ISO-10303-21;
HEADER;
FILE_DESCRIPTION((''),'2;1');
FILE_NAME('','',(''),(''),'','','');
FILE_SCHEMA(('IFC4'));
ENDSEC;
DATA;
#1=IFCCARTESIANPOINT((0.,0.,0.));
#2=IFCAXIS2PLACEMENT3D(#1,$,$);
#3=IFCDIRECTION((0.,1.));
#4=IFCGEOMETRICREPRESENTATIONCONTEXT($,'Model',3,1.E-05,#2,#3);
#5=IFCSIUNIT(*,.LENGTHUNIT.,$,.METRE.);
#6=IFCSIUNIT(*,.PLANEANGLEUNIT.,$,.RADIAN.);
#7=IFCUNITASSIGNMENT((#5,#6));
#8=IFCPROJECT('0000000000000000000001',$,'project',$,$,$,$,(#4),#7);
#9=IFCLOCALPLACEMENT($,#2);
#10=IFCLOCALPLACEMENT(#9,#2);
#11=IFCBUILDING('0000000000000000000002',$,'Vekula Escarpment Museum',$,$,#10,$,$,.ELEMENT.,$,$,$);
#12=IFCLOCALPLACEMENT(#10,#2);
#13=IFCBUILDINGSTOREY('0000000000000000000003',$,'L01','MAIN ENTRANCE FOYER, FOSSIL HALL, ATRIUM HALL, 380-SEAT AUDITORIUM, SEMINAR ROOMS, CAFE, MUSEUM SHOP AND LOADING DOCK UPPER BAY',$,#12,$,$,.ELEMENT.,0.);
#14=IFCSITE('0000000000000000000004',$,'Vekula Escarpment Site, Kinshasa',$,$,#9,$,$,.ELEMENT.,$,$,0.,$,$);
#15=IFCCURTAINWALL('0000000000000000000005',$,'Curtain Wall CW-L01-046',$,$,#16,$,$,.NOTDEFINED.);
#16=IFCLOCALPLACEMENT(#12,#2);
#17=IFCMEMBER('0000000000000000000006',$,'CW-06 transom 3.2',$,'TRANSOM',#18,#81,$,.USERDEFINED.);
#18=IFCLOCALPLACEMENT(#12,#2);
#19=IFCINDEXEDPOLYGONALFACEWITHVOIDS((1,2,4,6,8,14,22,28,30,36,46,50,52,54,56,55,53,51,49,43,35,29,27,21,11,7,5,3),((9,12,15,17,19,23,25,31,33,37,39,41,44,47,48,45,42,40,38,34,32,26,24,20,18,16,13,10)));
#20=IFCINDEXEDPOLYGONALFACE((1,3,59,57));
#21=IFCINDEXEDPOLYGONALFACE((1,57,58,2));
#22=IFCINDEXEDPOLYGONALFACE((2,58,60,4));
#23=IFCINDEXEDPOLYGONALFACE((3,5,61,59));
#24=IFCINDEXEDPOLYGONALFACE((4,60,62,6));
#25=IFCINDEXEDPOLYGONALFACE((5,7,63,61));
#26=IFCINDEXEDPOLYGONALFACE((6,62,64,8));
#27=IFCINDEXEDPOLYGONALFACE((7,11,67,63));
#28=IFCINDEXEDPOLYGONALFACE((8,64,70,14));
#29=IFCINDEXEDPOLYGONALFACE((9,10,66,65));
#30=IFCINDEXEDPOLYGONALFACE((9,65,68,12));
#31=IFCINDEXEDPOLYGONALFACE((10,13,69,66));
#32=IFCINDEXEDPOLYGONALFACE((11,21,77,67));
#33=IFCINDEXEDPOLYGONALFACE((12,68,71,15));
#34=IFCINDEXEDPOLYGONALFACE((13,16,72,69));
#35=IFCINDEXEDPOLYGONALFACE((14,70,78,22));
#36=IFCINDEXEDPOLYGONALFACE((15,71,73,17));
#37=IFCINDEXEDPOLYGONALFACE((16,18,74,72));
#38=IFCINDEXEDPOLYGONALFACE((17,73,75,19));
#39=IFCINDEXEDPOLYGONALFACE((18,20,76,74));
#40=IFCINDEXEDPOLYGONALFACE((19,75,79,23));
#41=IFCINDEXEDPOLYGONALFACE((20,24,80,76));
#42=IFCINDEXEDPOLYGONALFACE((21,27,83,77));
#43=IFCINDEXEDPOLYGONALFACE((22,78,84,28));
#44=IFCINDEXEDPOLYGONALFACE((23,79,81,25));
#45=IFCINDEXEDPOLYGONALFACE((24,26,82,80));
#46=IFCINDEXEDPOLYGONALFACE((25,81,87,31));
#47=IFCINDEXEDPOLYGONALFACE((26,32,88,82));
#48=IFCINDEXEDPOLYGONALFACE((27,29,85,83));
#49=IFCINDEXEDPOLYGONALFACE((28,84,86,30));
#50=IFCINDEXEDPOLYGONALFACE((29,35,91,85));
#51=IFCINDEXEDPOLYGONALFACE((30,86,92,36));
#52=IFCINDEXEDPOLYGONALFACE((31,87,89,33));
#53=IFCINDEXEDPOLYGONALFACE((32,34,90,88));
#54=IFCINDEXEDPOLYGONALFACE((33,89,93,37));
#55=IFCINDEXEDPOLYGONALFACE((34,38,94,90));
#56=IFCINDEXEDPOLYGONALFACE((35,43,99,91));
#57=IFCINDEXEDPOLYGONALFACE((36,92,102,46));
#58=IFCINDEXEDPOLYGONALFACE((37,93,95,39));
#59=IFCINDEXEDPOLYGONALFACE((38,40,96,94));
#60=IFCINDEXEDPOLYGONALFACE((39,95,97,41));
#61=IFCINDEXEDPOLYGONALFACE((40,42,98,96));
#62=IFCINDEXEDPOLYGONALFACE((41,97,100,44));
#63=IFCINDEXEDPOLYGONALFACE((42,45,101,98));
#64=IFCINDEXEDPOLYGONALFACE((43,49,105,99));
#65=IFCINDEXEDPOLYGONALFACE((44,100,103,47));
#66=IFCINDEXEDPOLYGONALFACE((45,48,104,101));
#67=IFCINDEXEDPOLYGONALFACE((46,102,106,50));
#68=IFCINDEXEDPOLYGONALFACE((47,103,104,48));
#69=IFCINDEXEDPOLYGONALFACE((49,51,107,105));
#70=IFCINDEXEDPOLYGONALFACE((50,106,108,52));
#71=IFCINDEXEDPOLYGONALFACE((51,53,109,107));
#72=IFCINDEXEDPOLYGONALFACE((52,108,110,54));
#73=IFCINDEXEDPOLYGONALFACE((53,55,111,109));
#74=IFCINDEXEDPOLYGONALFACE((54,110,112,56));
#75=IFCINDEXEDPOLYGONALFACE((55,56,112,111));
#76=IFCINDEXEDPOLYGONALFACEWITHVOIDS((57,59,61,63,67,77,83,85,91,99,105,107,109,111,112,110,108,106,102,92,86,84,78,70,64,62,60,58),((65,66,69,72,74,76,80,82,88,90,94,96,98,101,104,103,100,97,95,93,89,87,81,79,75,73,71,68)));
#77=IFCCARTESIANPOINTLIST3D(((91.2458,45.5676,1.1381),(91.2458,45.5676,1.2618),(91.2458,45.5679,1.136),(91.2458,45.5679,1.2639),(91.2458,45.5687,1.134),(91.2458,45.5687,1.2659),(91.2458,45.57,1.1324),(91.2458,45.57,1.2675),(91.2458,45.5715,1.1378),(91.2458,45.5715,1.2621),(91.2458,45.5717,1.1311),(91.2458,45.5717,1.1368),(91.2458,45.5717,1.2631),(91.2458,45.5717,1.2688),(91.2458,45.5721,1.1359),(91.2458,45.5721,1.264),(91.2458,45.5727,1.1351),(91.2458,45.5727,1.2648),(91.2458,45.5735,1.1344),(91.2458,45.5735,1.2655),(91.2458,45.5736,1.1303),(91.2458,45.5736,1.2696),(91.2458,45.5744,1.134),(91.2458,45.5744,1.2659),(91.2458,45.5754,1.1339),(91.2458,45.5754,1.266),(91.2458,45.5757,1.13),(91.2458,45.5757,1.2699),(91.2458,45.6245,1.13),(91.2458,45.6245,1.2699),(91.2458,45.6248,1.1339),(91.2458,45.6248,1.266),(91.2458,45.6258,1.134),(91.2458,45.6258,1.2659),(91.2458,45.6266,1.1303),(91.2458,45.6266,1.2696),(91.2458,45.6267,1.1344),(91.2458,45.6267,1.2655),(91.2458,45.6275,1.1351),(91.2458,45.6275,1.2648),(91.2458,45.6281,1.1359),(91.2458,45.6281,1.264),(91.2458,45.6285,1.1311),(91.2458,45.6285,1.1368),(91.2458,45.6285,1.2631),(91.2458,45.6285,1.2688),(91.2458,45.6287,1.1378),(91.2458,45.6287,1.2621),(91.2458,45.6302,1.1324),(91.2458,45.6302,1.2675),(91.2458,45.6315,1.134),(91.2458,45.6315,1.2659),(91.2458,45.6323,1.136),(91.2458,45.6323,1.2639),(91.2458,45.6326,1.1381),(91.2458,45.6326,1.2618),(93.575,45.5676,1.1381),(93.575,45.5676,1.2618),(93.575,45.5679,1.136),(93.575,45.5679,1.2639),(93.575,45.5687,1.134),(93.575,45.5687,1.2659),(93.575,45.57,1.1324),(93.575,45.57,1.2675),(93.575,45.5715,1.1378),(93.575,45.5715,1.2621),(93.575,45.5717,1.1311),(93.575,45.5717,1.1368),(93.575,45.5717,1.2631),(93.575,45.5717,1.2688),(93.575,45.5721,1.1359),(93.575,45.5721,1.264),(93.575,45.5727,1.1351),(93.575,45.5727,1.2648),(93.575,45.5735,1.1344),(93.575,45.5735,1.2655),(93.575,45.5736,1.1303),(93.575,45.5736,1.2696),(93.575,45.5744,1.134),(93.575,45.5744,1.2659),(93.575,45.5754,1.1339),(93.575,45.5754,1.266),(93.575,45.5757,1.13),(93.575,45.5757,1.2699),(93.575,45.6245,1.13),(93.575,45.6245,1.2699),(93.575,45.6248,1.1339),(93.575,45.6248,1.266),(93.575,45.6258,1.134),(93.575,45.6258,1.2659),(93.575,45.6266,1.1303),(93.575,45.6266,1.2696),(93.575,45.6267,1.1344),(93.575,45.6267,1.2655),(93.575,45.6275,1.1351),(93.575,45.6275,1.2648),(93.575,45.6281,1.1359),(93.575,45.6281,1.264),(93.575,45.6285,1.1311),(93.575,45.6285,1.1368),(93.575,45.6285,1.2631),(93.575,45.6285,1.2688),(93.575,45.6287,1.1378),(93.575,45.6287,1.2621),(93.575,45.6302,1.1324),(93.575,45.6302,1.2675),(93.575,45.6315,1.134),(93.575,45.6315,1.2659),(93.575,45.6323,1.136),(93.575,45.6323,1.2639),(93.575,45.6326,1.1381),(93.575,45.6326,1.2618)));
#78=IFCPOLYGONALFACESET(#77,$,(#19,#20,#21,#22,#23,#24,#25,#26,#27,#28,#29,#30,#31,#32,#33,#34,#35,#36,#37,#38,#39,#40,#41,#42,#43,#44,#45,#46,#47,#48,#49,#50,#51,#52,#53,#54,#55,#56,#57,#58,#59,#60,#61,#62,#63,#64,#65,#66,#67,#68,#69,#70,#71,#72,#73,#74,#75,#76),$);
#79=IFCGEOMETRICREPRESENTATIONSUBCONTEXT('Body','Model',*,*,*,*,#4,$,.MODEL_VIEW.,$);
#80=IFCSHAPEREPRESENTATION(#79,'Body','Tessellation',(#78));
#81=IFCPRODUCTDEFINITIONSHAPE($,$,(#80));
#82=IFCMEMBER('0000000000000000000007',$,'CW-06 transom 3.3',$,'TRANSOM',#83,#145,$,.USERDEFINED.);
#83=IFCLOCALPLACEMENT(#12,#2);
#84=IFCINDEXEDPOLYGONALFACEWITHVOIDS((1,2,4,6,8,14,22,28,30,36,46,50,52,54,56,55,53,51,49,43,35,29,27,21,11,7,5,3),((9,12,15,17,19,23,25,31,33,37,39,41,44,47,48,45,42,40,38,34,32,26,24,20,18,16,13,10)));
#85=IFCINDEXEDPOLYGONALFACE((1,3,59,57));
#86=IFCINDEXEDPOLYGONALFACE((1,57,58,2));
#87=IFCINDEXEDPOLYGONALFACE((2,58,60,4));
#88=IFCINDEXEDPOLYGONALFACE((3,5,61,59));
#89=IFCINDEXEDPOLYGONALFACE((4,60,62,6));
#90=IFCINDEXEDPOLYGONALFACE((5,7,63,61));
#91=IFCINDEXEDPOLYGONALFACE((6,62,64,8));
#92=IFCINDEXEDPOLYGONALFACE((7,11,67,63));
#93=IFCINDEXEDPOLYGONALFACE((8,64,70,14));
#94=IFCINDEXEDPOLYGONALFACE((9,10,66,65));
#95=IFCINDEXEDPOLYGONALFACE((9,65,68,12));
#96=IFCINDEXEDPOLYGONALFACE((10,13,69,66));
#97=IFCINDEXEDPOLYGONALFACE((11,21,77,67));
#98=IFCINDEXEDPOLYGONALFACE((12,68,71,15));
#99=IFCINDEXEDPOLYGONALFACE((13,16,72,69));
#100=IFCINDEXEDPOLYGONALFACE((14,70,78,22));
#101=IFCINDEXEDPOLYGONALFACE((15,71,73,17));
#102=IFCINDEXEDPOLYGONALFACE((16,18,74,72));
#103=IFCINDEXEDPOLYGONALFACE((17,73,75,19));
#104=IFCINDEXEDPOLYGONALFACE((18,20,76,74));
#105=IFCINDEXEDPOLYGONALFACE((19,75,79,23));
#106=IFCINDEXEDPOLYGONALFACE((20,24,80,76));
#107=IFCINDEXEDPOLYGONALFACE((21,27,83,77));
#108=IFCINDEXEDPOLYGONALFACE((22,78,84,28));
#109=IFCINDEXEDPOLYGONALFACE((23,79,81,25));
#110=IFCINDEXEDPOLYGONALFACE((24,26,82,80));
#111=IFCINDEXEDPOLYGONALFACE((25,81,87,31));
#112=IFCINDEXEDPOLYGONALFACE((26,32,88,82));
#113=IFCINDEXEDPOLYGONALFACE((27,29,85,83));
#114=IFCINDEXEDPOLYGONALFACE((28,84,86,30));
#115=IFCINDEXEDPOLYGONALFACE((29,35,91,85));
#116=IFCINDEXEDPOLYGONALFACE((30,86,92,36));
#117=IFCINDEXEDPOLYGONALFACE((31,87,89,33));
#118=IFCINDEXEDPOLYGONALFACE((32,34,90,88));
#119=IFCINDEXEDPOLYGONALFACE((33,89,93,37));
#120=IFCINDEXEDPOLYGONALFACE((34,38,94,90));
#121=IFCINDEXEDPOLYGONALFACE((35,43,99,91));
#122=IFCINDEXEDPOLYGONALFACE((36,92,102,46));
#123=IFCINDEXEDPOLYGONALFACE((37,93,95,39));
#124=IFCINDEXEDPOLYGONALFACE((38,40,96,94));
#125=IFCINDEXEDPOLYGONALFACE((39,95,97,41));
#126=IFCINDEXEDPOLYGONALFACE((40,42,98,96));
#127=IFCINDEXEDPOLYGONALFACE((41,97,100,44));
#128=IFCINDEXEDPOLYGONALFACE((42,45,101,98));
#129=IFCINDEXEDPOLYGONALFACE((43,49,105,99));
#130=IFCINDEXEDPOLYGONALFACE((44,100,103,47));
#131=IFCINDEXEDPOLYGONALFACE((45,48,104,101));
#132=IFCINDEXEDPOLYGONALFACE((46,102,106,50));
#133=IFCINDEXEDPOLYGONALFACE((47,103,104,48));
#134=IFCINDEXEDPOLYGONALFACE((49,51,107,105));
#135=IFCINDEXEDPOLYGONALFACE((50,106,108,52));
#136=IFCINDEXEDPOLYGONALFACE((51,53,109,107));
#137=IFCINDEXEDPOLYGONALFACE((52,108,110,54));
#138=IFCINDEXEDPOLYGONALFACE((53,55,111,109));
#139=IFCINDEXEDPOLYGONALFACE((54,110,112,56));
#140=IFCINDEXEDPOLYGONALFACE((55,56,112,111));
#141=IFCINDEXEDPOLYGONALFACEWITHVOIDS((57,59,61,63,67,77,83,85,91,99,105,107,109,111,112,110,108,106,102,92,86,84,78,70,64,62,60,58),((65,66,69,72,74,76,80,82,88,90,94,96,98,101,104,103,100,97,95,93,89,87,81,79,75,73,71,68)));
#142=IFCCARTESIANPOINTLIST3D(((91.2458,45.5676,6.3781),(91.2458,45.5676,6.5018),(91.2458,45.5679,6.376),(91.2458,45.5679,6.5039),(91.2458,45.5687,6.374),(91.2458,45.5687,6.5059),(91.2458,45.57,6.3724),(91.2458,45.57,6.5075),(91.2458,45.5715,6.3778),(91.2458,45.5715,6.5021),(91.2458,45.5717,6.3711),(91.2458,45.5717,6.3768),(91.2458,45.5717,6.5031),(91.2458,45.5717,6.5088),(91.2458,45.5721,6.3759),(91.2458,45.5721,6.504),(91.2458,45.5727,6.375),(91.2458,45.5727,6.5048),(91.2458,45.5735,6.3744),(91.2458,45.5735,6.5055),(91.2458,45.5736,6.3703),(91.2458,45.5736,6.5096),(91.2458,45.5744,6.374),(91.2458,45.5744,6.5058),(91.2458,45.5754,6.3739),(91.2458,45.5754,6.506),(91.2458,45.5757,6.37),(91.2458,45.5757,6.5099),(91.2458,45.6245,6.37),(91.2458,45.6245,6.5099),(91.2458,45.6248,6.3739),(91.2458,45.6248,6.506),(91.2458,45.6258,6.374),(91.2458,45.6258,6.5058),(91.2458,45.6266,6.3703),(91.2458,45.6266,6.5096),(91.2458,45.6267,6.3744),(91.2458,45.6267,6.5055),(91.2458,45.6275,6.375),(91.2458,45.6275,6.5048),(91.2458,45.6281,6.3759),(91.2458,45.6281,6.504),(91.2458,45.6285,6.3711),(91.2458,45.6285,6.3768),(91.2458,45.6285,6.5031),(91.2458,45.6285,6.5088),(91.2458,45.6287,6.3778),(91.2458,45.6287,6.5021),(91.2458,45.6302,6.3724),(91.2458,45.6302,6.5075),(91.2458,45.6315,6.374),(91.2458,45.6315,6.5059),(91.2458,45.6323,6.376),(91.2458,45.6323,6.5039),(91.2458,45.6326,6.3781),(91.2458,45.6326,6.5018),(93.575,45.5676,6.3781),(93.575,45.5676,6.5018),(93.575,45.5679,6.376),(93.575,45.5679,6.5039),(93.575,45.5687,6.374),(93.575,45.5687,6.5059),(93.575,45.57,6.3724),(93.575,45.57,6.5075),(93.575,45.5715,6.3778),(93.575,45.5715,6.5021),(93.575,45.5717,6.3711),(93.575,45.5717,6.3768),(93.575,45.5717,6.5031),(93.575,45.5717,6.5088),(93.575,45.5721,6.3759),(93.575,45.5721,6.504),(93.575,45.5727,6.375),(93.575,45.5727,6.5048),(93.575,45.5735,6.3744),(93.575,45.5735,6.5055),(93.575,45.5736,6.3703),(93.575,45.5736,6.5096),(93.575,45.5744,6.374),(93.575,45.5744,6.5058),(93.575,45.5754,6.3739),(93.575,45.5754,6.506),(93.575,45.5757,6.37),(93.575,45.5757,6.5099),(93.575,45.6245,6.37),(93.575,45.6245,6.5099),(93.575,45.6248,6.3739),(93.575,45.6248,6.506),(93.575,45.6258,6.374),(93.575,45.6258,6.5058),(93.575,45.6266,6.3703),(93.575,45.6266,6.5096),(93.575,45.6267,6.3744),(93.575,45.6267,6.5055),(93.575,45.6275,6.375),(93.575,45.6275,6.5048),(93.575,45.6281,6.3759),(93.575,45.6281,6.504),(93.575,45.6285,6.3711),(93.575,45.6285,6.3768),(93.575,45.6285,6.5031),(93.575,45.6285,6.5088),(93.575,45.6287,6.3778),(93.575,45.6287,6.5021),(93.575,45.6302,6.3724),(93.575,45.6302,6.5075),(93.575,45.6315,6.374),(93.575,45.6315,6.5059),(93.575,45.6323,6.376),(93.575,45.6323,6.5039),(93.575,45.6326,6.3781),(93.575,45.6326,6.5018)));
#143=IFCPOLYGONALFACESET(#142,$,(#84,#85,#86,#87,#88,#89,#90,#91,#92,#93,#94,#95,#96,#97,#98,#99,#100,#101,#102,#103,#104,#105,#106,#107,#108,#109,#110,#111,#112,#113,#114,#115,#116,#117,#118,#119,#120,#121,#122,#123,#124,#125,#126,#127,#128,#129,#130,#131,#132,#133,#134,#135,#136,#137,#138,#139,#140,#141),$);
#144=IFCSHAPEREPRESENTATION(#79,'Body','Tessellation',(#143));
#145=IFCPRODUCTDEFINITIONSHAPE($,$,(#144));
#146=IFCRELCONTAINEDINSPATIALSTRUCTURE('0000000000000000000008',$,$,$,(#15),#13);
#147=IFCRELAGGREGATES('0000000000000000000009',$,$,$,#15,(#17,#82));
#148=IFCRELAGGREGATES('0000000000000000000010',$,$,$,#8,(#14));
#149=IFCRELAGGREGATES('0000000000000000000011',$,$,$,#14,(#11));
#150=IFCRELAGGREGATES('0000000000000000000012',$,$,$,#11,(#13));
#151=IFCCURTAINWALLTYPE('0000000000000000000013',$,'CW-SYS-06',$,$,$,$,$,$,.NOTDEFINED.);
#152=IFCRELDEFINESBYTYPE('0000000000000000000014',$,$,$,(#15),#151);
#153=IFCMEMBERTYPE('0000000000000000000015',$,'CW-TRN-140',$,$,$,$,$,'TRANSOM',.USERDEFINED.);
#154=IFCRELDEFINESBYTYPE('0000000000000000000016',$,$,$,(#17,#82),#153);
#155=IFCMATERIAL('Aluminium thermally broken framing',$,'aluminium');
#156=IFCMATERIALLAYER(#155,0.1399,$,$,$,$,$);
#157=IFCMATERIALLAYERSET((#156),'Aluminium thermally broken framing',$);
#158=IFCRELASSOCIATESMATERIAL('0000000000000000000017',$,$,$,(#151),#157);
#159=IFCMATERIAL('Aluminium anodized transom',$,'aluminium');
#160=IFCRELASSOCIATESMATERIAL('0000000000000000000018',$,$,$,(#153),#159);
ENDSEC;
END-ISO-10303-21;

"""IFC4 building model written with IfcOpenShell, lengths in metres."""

from ifc_helpers import new_model, si_unit, direction, frame, origin, origin_2d, place, context, subcontext, project, spatial, hollow_rectangle, extrude, material, layer, layer_set, material_profile, profile_set, type_object, element, aggregate, save


model = new_model("IFC4")

# Units and contexts
model_context = context("Model", 3, precision=1e-05, world=origin(), true_north=direction((0.0, 1.0)))
body_context = subcontext(model_context, "Body", "Model", "MODEL_VIEW")
ifc_project = project(units=[si_unit("LENGTHUNIT", "METRE"), si_unit("PLANEANGLEUNIT", "RADIAN")], contexts=[model_context])

# Site, building, storey
site_placement = place(None, origin())
site = spatial("IfcSite", under=ifc_project, at=site_placement, Name="Vekula Escarpment Site, Kinshasa", CompositionType="ELEMENT", RefElevation=0.0)
building_placement = place(site_placement, origin())
building = spatial("IfcBuilding", under=site, at=building_placement, Name="Vekula Escarpment Museum", CompositionType="ELEMENT")
storey_placement = place(building_placement, origin())
storey = spatial("IfcBuildingStorey", under=building, at=storey_placement, Name="L01", Description="MAIN ENTRANCE FOYER, FOSSIL HALL, ATRIUM HALL, 380-SEAT AUDITORIUM, SEMINAR ROOMS, CAFE, MUSEUM SHOP AND LOADING DOCK UPPER BAY", CompositionType="ELEMENT", Elevation=0.0)

# Curtain wall, members
ifc_material_1 = material(Name="Aluminium thermally broken framing", Category="aluminium")
ifc_layer_1 = layer(ifc_material_1, 0.1399)
ifc_layer_set_1 = layer_set([ifc_layer_1], Name="Aluminium thermally broken framing")
curtain_wall_type = type_object("IfcCurtainWallType", Name="CW-SYS-06", PredefinedType="NOTDEFINED", material=ifc_layer_set_1)
curtain_wall_placement = place(storey_placement, origin())
curtain_wall = element("IfcCurtainWall", 1, at=curtain_wall_placement, inside=storey, type_object=curtain_wall_type, Name="Curtain Wall CW-L01-046", PredefinedType="NOTDEFINED")
ifc_material_2 = material(Name="Aluminium anodized transom", Category="aluminium")
ifc_material_profile_1 = material_profile(ifc_material_2, hollow_rectangle(XDim=0.0649, YDim=0.1399, WallThickness=0.0039, InnerFilletRadius=0.0039, OuterFilletRadius=0.0081, at=origin_2d()), Name="ALU 140x65x4")
ifc_profile_set_1 = profile_set([ifc_material_profile_1], Name="Aluminium anodized transom")
member_type_1 = type_object("IfcMemberType", Name="CW-TRN-140", ElementType="TRANSOM", PredefinedType="USERDEFINED", material=ifc_profile_set_1)
member_1_placement = place(storey_placement, frame((91.2458, 45.6001, 1.2), z_axis=(1.0, 0.0, 0.0), x_axis=(0.0, 1.0, 0.0)))
member_1 = element("IfcMember", 2, at=member_1_placement, type_object=member_type_1, Name="CW-06 transom 3.2", ObjectType="TRANSOM", PredefinedType="USERDEFINED", context=body_context, shape_type="SweptSolid", body=[
    extrude(hollow_rectangle(XDim=0.0649, YDim=0.1399, WallThickness=0.0039, InnerFilletRadius=0.0039, OuterFilletRadius=0.0081, at=origin_2d()), origin(), (0.0, 0.0, 1.0), 2.3291),
])
member_2_placement = place(storey_placement, frame((91.2458, 45.6001, 6.4399), z_axis=(1.0, 0.0, 0.0), x_axis=(0.0, 1.0, 0.0)))
member_2 = element("IfcMember", 3, at=member_2_placement, type_object=member_type_1, Name="CW-06 transom 3.3", ObjectType="TRANSOM", PredefinedType="USERDEFINED", context=body_context, shape_type="SweptSolid", body=[
    extrude(hollow_rectangle(XDim=0.0649, YDim=0.1399, WallThickness=0.0039, InnerFilletRadius=0.0039, OuterFilletRadius=0.0081, at=origin_2d()), origin(), (0.0, 0.0, 1.0), 2.3291),
])
aggregate(curtain_wall, [member_1, member_2])

save(model, "model.ifc")
